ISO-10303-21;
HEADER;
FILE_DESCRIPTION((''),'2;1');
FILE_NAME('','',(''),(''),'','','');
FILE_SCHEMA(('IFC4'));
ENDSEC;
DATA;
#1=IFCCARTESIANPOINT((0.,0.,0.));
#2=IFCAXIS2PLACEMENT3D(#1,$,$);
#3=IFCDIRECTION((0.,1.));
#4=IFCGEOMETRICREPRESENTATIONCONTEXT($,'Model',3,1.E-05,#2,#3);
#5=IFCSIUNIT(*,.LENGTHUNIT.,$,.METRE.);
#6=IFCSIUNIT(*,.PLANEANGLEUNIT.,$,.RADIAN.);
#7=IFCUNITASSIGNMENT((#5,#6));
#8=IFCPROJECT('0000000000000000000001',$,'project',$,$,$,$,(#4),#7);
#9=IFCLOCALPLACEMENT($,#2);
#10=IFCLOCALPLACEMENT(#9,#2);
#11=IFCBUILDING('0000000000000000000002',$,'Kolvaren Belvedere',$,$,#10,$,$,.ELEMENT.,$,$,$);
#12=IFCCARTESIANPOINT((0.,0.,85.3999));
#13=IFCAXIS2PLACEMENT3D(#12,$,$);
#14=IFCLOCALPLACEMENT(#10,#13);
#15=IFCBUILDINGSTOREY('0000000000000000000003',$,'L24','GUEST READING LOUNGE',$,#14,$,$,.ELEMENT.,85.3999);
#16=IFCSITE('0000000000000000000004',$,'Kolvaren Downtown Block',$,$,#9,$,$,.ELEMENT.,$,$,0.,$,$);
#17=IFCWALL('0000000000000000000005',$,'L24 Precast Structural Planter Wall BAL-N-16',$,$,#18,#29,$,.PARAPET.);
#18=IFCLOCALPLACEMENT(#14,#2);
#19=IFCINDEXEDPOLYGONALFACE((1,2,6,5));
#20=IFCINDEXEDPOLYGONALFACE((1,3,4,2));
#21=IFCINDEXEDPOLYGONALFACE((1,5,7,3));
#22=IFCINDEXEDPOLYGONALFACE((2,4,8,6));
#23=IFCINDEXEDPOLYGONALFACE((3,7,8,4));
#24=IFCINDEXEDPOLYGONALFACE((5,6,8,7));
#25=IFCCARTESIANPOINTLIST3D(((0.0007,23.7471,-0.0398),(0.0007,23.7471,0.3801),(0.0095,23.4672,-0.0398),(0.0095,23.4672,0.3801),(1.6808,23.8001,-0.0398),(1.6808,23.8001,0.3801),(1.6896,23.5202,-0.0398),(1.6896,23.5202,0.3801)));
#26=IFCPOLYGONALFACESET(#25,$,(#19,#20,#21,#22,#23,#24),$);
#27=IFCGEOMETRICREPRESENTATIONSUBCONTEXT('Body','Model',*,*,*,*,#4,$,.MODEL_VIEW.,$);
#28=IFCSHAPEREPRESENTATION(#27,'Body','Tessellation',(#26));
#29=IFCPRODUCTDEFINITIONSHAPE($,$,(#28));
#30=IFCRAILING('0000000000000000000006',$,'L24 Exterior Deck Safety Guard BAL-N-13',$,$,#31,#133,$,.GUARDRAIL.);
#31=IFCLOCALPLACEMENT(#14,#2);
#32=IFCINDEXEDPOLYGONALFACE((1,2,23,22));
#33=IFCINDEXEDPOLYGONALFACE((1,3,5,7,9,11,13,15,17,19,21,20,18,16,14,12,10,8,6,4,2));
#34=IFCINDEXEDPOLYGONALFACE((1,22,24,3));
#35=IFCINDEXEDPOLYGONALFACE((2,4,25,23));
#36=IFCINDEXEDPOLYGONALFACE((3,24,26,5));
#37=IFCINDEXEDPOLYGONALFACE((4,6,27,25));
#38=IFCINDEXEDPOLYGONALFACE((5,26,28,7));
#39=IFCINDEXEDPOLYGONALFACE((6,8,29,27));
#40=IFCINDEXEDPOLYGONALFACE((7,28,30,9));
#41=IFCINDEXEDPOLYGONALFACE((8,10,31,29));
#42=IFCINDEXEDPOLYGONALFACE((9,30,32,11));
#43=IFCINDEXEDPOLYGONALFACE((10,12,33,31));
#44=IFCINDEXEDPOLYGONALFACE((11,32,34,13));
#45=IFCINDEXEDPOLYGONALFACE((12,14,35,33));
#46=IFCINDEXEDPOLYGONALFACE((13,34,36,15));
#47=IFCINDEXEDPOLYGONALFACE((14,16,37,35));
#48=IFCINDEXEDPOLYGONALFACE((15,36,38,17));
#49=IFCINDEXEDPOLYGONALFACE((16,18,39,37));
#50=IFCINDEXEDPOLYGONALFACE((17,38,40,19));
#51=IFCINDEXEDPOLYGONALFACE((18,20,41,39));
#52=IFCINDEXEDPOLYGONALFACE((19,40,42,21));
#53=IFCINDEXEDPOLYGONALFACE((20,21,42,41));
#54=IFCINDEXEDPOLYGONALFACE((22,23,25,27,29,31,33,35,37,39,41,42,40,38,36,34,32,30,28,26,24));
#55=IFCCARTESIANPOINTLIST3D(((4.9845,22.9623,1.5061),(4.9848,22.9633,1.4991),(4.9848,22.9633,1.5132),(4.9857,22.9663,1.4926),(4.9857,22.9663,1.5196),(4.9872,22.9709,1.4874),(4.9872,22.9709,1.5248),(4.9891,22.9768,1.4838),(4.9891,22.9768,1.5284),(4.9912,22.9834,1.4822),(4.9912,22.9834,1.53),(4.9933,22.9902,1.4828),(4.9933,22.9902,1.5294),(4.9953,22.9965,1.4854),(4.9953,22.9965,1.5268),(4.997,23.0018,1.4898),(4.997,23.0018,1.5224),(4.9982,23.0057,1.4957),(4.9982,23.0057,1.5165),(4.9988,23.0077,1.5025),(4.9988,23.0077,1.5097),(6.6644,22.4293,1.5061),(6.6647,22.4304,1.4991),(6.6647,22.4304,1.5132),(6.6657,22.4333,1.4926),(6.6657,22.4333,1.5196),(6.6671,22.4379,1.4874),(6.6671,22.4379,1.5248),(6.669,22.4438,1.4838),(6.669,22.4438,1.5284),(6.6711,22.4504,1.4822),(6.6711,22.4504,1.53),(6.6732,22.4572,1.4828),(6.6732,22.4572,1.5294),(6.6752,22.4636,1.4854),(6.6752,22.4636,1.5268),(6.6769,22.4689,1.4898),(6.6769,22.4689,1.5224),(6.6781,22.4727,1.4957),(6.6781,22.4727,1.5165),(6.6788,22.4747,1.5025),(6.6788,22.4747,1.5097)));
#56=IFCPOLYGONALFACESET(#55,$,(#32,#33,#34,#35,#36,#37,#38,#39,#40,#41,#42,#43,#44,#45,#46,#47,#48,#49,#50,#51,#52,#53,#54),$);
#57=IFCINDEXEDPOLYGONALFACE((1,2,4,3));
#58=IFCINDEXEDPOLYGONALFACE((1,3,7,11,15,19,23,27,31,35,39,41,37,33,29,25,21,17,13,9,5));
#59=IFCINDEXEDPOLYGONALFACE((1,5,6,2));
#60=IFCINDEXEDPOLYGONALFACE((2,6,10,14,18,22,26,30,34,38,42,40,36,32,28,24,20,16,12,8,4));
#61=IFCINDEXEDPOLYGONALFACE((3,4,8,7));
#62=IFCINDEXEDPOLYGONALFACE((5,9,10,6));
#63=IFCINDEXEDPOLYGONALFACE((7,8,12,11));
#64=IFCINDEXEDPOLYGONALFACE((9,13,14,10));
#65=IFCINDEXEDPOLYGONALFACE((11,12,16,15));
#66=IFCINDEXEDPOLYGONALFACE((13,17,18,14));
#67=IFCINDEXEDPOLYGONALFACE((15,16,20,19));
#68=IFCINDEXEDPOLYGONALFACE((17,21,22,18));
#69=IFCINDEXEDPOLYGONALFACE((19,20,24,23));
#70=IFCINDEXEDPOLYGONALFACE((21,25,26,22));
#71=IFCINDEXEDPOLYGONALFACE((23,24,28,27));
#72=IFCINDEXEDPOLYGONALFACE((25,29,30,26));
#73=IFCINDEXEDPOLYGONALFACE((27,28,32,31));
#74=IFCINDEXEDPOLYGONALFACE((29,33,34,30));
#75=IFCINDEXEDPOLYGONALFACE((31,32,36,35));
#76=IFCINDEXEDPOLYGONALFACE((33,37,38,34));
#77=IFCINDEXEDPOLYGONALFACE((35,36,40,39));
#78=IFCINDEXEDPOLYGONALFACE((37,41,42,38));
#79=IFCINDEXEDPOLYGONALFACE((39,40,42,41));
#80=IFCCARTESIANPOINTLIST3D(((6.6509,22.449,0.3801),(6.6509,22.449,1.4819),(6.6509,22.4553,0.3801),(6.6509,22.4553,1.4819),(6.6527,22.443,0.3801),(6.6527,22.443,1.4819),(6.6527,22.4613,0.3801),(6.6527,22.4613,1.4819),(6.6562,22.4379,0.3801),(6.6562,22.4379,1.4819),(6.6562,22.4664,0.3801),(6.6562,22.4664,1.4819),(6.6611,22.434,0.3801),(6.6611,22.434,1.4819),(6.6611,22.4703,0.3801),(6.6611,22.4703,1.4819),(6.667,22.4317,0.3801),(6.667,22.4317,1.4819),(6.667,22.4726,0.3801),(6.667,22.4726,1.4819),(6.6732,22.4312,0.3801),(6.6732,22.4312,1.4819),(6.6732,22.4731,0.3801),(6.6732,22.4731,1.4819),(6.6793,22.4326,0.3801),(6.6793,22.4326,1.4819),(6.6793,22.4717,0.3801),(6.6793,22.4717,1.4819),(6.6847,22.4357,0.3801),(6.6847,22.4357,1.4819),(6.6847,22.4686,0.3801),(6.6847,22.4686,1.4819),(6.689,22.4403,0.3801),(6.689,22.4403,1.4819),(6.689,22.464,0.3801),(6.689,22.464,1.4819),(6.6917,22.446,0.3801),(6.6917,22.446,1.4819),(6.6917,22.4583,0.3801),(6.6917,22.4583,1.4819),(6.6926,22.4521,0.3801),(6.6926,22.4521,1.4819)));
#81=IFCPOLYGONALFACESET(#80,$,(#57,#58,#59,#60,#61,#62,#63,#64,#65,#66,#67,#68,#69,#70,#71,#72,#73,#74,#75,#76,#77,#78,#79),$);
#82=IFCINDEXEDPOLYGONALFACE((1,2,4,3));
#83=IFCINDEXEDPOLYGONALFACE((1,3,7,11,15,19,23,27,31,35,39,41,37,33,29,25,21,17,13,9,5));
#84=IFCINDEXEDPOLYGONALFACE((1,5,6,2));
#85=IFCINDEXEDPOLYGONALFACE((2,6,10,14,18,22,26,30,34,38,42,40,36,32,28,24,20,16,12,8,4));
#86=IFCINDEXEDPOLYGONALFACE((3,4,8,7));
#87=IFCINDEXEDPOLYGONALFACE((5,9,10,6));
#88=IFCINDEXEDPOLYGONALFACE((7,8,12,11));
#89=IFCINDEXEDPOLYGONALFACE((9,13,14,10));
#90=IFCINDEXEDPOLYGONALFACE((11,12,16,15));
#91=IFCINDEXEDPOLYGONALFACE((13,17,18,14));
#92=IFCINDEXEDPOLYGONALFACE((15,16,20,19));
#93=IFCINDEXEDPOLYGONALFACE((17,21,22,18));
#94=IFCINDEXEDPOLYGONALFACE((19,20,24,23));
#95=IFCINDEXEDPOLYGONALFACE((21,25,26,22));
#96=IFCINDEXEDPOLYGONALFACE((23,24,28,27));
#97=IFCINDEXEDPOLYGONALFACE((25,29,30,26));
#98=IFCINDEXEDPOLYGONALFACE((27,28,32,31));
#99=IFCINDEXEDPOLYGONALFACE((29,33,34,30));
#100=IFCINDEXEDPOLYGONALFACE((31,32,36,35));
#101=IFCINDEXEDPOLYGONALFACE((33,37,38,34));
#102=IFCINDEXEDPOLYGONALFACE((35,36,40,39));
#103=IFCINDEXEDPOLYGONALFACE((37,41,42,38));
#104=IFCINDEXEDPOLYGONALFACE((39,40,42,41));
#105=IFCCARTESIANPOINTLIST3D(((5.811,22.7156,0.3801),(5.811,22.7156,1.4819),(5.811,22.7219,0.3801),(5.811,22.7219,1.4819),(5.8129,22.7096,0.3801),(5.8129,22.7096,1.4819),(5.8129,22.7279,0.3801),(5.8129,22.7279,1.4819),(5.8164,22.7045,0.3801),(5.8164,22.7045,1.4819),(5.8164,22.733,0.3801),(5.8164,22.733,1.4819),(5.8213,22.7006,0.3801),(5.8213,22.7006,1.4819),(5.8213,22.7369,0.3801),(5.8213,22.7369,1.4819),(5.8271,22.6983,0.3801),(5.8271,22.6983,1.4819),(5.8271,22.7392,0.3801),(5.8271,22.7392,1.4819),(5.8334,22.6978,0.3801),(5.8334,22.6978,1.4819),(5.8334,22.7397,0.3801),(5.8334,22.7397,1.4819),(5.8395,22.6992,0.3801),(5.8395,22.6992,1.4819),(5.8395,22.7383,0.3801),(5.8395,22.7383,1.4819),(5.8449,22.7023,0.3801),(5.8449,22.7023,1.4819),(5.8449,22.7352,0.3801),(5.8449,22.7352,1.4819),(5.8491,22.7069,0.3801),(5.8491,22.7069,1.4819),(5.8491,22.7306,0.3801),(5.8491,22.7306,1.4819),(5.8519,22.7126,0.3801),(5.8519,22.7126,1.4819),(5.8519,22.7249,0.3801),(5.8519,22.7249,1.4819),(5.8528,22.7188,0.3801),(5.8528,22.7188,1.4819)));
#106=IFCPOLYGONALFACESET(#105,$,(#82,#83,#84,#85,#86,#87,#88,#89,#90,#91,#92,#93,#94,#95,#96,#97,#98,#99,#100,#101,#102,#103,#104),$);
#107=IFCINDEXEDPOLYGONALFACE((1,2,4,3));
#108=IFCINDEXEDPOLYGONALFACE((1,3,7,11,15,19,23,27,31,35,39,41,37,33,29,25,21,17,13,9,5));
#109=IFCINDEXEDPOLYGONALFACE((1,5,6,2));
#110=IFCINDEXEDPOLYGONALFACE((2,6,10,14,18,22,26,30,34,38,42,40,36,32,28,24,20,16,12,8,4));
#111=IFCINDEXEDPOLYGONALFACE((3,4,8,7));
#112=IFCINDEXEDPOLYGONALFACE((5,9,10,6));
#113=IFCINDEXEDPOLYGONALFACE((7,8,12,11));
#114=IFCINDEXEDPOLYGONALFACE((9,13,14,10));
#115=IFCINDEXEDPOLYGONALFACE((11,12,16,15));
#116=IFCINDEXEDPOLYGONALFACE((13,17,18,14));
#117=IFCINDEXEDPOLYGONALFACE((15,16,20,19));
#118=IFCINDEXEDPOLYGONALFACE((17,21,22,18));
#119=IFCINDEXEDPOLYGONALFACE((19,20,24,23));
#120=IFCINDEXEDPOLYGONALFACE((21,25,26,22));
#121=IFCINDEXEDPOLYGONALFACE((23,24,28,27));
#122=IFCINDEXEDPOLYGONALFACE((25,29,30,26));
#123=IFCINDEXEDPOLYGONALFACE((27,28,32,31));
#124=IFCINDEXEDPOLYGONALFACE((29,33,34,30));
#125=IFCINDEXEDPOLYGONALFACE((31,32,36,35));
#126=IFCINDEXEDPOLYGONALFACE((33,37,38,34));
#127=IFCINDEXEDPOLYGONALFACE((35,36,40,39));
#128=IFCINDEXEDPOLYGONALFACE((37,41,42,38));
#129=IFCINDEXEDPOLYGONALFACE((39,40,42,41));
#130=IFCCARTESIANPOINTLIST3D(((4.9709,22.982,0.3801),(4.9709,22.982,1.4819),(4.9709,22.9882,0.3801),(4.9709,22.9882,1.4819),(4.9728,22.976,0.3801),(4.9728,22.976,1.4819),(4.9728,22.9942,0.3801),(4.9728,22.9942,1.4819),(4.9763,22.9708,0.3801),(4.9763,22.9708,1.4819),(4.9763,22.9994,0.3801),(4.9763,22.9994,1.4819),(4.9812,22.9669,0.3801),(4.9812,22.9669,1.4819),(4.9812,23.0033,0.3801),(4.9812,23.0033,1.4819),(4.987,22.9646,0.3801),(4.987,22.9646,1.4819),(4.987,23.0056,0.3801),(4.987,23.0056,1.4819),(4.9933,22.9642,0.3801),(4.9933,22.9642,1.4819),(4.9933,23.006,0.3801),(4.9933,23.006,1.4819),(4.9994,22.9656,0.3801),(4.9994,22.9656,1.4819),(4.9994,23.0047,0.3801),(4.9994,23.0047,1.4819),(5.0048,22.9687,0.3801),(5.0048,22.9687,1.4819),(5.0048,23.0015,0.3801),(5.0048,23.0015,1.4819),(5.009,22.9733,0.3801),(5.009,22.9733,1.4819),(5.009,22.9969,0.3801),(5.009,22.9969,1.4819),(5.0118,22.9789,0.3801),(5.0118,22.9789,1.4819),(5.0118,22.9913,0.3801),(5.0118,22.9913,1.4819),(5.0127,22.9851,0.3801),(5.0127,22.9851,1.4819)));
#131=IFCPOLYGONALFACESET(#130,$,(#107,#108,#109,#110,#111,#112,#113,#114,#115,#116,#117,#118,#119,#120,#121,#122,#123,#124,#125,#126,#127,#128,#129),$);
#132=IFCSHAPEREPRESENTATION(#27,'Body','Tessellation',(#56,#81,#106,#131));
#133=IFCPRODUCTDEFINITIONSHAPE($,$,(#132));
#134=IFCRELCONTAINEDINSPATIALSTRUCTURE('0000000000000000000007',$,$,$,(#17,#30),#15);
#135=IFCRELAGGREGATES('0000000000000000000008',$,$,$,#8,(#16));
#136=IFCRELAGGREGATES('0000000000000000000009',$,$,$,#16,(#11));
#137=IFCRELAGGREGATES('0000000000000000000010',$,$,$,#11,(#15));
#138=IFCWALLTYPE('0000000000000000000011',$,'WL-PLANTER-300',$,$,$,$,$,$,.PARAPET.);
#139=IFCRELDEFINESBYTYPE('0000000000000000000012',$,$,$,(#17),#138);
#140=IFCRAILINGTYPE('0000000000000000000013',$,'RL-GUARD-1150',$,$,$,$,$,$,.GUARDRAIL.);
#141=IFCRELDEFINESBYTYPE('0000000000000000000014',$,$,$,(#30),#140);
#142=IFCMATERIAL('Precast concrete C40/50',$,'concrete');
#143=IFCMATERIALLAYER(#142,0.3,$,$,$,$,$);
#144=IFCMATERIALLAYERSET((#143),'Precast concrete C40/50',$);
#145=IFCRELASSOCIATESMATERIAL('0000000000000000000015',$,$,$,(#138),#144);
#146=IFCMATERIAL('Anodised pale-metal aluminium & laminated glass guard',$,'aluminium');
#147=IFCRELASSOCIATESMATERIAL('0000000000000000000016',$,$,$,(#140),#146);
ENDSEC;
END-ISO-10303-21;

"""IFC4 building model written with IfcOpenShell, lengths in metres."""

from ifc_helpers import new_model, si_unit, direction, frame, frame_2d, origin, origin_2d, place, context, subcontext, project, spatial, rectangle, circle, extrude, material, layer, layer_set, type_object, element, save


model = new_model("IFC4")

# Units and contexts
model_context = context("Model", 3, precision=1e-05, world=origin(), true_north=direction((0.0, 1.0)))
body_context = subcontext(model_context, "Body", "Model", "MODEL_VIEW")
ifc_project = project(units=[si_unit("LENGTHUNIT", "METRE"), si_unit("PLANEANGLEUNIT", "RADIAN")], contexts=[model_context])

# Site, building, storey
site_placement = place(None, origin())
site = spatial("IfcSite", under=ifc_project, at=site_placement, Name="Kolvaren Downtown Block", CompositionType="ELEMENT", RefElevation=0.0)
building_placement = place(site_placement, origin())
building = spatial("IfcBuilding", under=site, at=building_placement, Name="Kolvaren Belvedere", CompositionType="ELEMENT")
storey_placement = place(building_placement, frame((0.0, 0.0, 85.3999)))
storey = spatial("IfcBuildingStorey", under=building, at=storey_placement, Name="L24", Description="GUEST READING LOUNGE", CompositionType="ELEMENT", Elevation=85.3999)

# Wall
ifc_material_1 = material(Name="Precast concrete C40/50", Category="concrete")
ifc_layer_1 = layer(ifc_material_1, 0.3)
ifc_layer_set_1 = layer_set([ifc_layer_1], Name="Precast concrete C40/50")
wall_type_1 = type_object("IfcWallType", Name="WL-PLANTER-300", PredefinedType="PARAPET", material=ifc_layer_set_1)
wall_1_placement = place(storey_placement, frame((1.6851, 23.6602, -0.0398), z_axis=(0.0, 0.0, 1.0), x_axis=(-0.999503, -0.031516, 0.0)))
element("IfcWall", 1, at=wall_1_placement, inside=storey, type_object=wall_type_1, Name="L24 Precast Structural Planter Wall BAL-N-16", PredefinedType="PARAPET", context=body_context, shape_type="SweptSolid", body=[
    extrude(rectangle(XDim=1.6809, YDim=0.28, at=frame_2d((0.8403, 0.0))), origin(), (0.0, 0.0, 1.0), 0.4199),
])

# Railing
ifc_material_2 = material(Name="Anodised pale-metal aluminium & laminated glass guard", Category="aluminium")
railing_type = type_object("IfcRailingType", Name="RL-GUARD-1150", PredefinedType="GUARDRAIL", material=ifc_material_2)
railing_1_placement = place(storey_placement, frame((6.6716, 22.4521, 0.3801)))
element("IfcRailing", 2, at=railing_1_placement, inside=storey, type_object=railing_type, Name="L24 Exterior Deck Safety Guard BAL-N-13", PredefinedType="GUARDRAIL", context=body_context, shape_type="SweptSolid", body=[
    extrude(circle(Radius=0.0239, at=origin_2d()), frame((0.0, 0.0, 1.126), z_axis=(-0.953182, 0.302397, 0.0), x_axis=(-0.302397, -0.953182, 0.0)), (0.0, 0.0, 1.0), 1.7625),
    extrude(circle(Radius=0.021, at=origin_2d()), origin(), (0.0, 0.0, 1.0), 1.1018),
    extrude(circle(Radius=0.021, at=origin_2d()), frame((-0.8398, 0.2666, 0.0)), (0.0, 0.0, 1.0), 1.1018),
    extrude(circle(Radius=0.021, at=origin_2d()), frame((-1.6799, 0.533, 0.0)), (0.0, 0.0, 1.0), 1.1018),
])

save(model, "model.ifc")
